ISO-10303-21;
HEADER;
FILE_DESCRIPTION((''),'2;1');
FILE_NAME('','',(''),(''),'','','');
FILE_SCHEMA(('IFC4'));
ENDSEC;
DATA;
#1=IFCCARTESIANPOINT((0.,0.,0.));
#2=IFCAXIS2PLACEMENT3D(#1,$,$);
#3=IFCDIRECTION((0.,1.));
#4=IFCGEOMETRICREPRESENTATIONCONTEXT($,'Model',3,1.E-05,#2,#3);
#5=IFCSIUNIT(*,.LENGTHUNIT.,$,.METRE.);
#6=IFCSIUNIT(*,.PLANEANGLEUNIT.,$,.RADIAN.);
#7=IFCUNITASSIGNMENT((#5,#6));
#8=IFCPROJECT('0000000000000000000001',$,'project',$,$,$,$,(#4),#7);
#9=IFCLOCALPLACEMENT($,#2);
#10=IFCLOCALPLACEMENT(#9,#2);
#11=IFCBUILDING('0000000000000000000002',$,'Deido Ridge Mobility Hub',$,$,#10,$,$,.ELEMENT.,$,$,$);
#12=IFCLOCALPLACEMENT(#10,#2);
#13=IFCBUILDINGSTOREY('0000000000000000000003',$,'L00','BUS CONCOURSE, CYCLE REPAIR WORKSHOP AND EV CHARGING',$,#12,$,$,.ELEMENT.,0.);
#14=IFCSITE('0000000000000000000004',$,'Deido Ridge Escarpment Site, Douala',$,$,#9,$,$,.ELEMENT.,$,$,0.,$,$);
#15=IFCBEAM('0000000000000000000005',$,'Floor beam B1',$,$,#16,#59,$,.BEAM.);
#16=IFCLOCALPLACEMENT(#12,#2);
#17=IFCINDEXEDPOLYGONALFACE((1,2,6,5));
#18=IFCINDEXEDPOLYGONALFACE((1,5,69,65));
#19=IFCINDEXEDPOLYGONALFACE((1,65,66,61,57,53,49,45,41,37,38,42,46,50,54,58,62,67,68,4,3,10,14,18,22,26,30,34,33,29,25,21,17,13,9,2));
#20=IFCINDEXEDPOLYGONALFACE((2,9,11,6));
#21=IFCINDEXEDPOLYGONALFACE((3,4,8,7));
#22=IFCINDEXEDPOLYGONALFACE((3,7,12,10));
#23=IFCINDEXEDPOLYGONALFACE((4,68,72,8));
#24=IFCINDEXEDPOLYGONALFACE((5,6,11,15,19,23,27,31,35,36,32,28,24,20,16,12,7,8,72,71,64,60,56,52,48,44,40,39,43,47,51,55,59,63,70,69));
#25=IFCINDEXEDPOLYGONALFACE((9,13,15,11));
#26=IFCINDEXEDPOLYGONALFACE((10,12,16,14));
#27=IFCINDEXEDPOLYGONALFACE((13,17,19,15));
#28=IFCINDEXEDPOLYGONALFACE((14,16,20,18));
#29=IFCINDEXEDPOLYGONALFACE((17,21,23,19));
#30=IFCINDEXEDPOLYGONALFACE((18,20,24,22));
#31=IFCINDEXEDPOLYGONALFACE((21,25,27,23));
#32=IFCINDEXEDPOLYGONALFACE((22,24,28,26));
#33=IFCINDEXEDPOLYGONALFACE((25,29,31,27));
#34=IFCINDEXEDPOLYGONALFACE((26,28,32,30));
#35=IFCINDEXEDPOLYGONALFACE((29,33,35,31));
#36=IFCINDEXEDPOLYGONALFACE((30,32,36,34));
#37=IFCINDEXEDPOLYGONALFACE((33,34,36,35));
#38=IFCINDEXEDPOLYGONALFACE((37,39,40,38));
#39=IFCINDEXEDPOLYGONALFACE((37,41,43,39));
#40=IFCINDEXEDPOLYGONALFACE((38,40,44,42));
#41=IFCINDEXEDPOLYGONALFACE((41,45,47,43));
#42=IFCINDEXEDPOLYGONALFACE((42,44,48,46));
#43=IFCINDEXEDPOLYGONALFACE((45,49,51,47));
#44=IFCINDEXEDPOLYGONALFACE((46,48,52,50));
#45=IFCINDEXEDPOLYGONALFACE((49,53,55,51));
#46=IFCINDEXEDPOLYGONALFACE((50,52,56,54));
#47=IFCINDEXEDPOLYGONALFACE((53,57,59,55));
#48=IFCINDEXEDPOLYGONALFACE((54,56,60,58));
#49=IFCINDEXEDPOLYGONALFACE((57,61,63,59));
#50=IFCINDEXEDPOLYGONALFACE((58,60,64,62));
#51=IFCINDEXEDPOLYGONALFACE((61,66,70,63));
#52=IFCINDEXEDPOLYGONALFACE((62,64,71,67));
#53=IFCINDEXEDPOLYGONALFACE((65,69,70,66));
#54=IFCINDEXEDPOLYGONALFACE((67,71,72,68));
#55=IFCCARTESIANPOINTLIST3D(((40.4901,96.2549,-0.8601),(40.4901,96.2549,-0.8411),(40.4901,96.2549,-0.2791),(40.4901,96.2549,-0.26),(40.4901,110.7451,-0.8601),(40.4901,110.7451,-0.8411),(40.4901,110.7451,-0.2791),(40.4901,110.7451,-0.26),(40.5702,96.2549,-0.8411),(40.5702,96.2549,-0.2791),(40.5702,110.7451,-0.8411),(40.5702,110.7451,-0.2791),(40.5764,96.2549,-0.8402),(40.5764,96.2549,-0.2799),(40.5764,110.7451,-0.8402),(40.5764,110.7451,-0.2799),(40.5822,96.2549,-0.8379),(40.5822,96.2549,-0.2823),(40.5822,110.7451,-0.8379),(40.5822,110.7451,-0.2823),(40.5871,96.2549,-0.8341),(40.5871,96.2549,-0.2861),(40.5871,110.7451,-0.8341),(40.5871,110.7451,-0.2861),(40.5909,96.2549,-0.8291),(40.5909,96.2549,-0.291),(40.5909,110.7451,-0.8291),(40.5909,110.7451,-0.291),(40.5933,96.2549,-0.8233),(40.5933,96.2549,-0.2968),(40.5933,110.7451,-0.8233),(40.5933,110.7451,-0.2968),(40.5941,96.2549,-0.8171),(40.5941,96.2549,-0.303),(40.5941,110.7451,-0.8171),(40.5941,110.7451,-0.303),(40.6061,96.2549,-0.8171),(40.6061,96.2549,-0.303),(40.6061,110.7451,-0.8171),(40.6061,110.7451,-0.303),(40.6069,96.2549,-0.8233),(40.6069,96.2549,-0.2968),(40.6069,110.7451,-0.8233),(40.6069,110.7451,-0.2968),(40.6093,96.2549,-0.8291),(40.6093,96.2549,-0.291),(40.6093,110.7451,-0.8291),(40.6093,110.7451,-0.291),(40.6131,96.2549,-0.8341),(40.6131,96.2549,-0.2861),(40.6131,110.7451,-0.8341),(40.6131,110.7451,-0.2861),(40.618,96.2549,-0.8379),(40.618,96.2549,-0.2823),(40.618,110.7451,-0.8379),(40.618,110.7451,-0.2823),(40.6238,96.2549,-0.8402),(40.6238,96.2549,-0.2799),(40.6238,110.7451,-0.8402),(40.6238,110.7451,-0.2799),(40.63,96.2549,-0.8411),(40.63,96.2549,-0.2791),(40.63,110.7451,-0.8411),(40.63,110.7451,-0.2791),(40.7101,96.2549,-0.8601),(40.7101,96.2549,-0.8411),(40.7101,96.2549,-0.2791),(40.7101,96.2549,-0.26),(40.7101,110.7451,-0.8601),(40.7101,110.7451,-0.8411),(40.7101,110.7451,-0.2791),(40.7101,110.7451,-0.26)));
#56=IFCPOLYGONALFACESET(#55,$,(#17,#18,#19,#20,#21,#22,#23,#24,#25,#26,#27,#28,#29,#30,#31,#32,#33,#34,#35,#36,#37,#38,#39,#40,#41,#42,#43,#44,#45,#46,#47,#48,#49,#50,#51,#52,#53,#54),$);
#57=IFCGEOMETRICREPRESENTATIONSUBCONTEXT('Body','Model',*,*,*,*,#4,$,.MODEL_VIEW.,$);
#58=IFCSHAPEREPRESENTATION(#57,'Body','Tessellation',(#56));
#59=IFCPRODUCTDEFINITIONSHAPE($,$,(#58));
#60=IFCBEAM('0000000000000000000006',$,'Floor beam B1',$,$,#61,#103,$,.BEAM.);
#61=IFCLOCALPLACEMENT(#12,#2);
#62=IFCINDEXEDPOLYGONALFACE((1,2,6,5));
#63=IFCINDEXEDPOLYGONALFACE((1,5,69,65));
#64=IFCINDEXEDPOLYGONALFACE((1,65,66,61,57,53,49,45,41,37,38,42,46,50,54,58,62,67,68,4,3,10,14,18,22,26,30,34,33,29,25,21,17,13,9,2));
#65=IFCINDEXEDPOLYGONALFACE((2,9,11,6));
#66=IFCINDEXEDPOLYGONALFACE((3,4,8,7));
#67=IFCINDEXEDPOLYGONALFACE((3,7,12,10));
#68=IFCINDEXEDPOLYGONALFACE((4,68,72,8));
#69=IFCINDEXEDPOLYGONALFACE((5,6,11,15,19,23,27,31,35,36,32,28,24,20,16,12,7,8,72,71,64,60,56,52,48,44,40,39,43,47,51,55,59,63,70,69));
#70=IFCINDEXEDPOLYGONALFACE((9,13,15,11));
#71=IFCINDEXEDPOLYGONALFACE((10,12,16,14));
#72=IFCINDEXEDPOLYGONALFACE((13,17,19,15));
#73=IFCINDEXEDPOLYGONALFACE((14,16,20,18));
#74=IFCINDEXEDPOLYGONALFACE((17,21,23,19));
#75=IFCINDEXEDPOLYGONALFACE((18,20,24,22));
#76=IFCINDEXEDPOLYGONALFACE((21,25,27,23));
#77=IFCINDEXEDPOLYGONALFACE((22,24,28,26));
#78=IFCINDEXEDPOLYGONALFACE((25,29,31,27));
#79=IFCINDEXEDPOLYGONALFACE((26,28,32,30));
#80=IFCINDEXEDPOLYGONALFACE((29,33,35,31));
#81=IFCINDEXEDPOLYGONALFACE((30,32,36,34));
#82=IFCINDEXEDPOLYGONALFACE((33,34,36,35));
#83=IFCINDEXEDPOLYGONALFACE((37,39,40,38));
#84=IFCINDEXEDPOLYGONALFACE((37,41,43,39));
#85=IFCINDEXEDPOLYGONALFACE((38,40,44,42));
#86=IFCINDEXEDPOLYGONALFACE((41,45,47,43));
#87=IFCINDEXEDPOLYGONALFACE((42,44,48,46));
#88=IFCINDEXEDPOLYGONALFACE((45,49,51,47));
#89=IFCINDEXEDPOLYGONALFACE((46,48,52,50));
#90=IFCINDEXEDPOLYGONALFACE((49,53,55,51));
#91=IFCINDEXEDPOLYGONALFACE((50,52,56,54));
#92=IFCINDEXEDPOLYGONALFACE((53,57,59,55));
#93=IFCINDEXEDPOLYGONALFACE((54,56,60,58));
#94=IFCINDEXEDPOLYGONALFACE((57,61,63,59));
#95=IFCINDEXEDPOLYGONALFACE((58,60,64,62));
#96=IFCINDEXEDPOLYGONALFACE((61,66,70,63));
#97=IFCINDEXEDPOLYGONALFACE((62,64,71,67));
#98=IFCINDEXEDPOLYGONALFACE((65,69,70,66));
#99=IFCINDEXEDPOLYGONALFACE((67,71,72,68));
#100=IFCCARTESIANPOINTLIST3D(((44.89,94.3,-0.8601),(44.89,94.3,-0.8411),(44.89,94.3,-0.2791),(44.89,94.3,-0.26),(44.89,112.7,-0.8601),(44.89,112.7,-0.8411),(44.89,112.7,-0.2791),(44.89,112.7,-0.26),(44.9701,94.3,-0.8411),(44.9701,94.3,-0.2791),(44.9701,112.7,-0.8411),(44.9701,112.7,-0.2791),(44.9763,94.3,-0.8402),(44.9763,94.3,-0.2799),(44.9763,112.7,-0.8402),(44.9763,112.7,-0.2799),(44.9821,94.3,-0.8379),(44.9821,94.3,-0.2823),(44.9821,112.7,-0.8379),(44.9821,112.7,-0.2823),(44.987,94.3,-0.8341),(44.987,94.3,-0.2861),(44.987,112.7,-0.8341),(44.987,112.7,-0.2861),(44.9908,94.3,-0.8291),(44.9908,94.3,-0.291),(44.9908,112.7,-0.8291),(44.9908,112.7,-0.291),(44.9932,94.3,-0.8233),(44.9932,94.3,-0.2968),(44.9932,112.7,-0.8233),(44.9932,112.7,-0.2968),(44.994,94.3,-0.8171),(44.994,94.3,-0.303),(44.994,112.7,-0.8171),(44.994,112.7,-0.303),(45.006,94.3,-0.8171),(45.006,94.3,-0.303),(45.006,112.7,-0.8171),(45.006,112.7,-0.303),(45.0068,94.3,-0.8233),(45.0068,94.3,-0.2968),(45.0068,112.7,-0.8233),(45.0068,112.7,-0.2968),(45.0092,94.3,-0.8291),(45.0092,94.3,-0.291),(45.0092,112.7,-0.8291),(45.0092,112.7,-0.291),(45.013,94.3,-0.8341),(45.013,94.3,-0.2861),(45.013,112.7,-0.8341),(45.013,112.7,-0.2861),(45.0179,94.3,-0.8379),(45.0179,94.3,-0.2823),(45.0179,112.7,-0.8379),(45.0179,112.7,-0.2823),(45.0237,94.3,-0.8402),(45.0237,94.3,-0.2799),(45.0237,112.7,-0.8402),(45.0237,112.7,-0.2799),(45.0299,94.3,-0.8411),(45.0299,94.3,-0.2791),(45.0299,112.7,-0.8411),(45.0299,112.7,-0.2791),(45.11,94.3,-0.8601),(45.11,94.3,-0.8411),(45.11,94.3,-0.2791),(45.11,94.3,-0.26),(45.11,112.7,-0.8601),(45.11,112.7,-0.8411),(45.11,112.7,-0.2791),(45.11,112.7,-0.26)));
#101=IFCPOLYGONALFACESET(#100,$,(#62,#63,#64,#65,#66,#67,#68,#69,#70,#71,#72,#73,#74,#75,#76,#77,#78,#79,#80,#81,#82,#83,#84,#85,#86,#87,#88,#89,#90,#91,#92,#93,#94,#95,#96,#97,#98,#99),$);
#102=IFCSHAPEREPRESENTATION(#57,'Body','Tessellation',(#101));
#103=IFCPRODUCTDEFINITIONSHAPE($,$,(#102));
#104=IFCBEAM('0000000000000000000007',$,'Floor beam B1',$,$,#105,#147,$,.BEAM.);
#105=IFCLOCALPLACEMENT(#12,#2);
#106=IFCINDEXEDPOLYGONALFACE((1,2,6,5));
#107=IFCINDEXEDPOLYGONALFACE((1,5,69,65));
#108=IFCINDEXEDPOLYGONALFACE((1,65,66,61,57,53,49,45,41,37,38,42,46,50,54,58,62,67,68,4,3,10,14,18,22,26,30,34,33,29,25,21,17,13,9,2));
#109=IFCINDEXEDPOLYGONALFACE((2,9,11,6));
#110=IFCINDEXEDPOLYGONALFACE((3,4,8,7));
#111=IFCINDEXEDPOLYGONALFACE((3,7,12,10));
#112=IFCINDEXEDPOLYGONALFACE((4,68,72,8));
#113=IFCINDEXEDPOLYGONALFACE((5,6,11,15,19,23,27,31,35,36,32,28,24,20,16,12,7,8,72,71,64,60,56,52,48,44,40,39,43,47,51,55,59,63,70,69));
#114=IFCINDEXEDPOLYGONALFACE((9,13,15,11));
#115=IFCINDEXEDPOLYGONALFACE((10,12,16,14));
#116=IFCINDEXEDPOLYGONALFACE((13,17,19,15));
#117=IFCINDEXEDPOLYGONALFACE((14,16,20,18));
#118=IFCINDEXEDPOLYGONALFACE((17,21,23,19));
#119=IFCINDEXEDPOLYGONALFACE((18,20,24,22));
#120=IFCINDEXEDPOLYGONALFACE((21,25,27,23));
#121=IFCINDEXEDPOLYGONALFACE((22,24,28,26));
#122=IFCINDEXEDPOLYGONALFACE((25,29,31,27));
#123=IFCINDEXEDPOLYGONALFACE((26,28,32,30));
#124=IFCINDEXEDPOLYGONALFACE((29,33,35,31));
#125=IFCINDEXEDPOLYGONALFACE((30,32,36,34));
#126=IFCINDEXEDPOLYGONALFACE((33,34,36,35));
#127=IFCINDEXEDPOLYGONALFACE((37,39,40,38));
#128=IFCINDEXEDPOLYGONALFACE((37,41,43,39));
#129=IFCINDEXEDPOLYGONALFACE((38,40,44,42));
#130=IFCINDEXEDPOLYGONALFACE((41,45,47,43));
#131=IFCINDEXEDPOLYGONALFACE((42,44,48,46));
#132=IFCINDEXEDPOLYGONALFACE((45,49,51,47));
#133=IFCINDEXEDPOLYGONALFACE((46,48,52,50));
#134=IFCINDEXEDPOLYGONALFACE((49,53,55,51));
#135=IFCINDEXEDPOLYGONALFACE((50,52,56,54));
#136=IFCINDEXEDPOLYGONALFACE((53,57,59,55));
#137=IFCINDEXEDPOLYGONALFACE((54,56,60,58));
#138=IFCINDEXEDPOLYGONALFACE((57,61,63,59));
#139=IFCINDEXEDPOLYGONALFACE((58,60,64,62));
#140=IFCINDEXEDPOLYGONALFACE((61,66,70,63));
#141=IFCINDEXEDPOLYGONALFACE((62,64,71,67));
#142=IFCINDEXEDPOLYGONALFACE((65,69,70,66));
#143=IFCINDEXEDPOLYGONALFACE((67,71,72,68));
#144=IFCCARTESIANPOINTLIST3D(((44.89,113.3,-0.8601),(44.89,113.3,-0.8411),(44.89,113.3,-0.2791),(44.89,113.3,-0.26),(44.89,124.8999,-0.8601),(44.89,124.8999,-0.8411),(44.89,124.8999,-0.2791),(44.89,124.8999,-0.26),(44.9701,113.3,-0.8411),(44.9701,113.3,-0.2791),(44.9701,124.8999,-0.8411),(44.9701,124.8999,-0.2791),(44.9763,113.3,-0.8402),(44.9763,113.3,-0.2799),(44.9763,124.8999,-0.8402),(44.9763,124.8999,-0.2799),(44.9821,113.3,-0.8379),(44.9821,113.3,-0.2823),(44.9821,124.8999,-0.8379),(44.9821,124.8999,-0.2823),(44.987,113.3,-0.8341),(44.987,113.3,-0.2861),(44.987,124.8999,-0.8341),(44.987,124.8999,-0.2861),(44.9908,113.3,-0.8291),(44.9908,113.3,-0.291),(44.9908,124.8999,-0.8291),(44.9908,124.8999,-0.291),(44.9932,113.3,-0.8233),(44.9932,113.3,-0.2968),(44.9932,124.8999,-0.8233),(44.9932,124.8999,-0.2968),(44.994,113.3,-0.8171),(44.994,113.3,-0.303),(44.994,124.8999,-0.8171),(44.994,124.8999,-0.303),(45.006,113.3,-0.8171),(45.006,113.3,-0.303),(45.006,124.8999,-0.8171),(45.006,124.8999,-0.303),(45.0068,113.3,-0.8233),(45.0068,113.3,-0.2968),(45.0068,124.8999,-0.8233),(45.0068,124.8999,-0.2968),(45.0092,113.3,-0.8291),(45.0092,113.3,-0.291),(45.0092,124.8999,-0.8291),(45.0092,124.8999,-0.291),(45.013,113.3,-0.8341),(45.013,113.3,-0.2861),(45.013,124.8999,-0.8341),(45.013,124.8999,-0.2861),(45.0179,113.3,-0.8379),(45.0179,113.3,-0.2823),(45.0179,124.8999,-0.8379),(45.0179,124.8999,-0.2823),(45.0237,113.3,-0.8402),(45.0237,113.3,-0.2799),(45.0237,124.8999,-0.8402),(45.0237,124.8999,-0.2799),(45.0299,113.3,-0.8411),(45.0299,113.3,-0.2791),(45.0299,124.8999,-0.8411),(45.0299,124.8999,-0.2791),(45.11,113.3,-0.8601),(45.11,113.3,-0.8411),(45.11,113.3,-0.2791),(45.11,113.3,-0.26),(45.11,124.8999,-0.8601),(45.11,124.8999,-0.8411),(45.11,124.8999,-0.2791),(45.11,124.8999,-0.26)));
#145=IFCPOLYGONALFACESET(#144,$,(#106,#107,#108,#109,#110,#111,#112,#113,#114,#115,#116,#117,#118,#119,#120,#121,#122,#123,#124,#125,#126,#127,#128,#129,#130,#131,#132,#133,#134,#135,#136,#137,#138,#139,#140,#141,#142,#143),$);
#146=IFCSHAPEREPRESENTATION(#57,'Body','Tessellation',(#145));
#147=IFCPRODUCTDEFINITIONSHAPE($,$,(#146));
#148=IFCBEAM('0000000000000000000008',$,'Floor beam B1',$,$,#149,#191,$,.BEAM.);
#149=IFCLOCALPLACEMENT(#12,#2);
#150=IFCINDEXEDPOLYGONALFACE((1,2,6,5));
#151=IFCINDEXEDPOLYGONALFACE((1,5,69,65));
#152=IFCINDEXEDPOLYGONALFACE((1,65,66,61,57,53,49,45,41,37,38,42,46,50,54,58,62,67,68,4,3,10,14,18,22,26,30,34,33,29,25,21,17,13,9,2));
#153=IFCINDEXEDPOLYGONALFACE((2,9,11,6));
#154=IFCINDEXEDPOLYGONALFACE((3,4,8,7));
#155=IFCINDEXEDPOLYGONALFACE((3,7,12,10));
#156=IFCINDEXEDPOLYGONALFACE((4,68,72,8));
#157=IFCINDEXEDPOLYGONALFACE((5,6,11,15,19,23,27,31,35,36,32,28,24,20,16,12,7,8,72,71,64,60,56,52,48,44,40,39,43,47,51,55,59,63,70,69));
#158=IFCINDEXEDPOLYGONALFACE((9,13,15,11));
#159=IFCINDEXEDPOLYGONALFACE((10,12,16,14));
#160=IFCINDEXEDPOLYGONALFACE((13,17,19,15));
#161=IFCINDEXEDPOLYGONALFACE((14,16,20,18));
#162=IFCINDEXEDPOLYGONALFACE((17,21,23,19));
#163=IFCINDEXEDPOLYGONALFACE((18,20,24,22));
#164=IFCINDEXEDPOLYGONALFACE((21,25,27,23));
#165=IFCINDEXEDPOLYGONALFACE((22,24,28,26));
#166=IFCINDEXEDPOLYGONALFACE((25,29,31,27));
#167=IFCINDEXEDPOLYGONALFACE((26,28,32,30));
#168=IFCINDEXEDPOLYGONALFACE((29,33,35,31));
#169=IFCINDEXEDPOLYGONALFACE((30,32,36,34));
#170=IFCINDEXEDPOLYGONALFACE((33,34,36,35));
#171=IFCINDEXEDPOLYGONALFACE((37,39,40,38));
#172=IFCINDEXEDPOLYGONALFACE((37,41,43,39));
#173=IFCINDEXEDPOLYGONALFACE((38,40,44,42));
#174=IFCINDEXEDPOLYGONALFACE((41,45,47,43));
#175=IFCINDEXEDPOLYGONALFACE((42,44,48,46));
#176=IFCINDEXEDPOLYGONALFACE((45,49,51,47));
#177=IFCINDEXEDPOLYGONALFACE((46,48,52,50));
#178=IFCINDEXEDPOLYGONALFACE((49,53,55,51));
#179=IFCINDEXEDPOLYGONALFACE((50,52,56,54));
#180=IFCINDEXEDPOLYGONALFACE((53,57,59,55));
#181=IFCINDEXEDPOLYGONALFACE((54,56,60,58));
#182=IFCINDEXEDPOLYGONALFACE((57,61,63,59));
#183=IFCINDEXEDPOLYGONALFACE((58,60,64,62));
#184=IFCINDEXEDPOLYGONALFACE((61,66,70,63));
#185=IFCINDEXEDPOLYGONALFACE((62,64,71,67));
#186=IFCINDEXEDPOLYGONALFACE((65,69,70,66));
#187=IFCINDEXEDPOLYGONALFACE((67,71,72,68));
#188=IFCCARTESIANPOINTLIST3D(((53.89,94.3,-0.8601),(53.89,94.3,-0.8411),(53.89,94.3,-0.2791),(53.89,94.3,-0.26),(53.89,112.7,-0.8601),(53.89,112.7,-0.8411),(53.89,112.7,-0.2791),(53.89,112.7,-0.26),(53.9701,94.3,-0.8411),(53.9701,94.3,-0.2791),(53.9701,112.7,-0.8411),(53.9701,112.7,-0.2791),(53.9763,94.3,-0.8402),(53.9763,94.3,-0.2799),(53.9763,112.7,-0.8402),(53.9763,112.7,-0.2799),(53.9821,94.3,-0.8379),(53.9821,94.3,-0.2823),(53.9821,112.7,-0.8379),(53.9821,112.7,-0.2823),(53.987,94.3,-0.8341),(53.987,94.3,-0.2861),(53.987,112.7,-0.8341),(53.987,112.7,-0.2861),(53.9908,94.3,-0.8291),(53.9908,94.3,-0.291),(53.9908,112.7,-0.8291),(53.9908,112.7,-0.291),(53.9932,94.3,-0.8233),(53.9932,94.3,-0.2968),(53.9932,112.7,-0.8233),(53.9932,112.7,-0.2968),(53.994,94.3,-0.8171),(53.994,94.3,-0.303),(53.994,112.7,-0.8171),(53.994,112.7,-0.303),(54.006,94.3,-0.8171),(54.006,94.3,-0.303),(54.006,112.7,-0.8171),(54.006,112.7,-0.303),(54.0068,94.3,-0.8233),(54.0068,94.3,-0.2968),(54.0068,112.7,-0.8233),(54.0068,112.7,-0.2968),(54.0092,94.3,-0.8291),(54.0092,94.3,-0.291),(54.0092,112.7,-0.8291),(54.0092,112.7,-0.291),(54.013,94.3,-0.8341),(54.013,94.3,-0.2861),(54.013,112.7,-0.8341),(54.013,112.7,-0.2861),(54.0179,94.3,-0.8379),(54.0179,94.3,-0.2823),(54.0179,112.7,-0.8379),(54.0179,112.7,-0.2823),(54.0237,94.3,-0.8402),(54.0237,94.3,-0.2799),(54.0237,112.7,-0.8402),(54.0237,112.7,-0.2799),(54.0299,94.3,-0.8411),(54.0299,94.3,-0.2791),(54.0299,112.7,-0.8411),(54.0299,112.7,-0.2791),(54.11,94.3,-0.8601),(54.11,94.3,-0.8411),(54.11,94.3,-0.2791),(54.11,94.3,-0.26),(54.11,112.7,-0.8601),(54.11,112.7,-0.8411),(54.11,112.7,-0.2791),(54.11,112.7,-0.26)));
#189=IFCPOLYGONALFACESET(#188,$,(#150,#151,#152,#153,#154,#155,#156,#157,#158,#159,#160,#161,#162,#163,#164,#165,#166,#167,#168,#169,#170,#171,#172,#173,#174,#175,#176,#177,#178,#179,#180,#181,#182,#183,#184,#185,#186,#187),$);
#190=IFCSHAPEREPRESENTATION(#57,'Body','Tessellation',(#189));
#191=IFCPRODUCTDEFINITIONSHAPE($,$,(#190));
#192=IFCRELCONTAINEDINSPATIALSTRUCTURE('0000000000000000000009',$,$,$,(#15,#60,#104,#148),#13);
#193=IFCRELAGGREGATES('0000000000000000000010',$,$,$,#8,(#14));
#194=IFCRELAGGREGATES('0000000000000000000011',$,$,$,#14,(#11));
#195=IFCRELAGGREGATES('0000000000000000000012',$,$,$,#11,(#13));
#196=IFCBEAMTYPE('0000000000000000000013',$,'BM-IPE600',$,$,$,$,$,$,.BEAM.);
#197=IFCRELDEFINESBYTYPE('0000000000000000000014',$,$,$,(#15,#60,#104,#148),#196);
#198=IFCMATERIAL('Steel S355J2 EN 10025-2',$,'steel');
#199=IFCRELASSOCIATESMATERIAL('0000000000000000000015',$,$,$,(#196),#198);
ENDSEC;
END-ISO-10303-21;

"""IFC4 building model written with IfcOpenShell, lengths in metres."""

from ifc_helpers import new_model, si_unit, direction, frame, origin, origin_2d, place, context, subcontext, project, spatial, i_section, extrude, material, material_profile, profile_set, type_object, element, save


model = new_model("IFC4")

# Units and contexts
model_context = context("Model", 3, precision=1e-05, world=origin(), true_north=direction((0.0, 1.0)))
body_context = subcontext(model_context, "Body", "Model", "MODEL_VIEW")
ifc_project = project(units=[si_unit("LENGTHUNIT", "METRE"), si_unit("PLANEANGLEUNIT", "RADIAN")], contexts=[model_context])

# Site, building, storey
site_placement = place(None, origin())
site = spatial("IfcSite", under=ifc_project, at=site_placement, Name="Deido Ridge Escarpment Site, Douala", CompositionType="ELEMENT", RefElevation=0.0)
building_placement = place(site_placement, origin())
building = spatial("IfcBuilding", under=site, at=building_placement, Name="Deido Ridge Mobility Hub", CompositionType="ELEMENT")
storey_placement = place(building_placement, origin())
storey = spatial("IfcBuildingStorey", under=building, at=storey_placement, Name="L00", Description="BUS CONCOURSE, CYCLE REPAIR WORKSHOP AND EV CHARGING", CompositionType="ELEMENT", Elevation=0.0)

# Shared definitions
ifc_material_1 = material(Name="Steel S355J2 EN 10025-2", Category="steel")

# Beams
ifc_material_profile_1 = material_profile(ifc_material_1, i_section(OverallWidth=0.22, OverallDepth=0.6001, WebThickness=0.012, FlangeThickness=0.019, FilletRadius=0.0239, at=origin_2d()), Name="IPE 600")
ifc_profile_set_1 = profile_set([ifc_material_profile_1], Name="Steel S355J2 EN 10025-2")
beam_type_1 = type_object("IfcBeamType", Name="BM-IPE600", PredefinedType="BEAM", material=ifc_profile_set_1)
beam_1_placement = place(storey_placement, frame((40.6001, 96.2549, -0.5601), z_axis=(0.0, 1.0, 0.0), x_axis=(-1.0, 0.0, 0.0)))
element("IfcBeam", 1, at=beam_1_placement, inside=storey, type_object=beam_type_1, Name="Floor beam B1", PredefinedType="BEAM", context=body_context, shape_type="SweptSolid", body=[
    extrude(i_section(OverallWidth=0.22, OverallDepth=0.6001, WebThickness=0.012, FlangeThickness=0.019, FilletRadius=0.0239, at=origin_2d()), origin(), (0.0, 0.0, 1.0), 14.4902),
])
beam_2_placement = place(storey_placement, frame((45.0, 94.3, -0.5601), z_axis=(0.0, 1.0, 0.0), x_axis=(-1.0, 0.0, 0.0)))
element("IfcBeam", 2, at=beam_2_placement, inside=storey, type_object=beam_type_1, Name="Floor beam B1", PredefinedType="BEAM", context=body_context, shape_type="SweptSolid", body=[
    extrude(i_section(OverallWidth=0.22, OverallDepth=0.6001, WebThickness=0.012, FlangeThickness=0.019, FilletRadius=0.0239, at=origin_2d()), origin(), (0.0, 0.0, 1.0), 18.3999),
])
beam_3_placement = place(storey_placement, frame((45.0, 113.3, -0.5601), z_axis=(0.0, 1.0, 0.0), x_axis=(-1.0, 0.0, 0.0)))
element("IfcBeam", 3, at=beam_3_placement, inside=storey, type_object=beam_type_1, Name="Floor beam B1", PredefinedType="BEAM", context=body_context, shape_type="SweptSolid", body=[
    extrude(i_section(OverallWidth=0.22, OverallDepth=0.6001, WebThickness=0.012, FlangeThickness=0.019, FilletRadius=0.0239, at=origin_2d()), origin(), (0.0, 0.0, 1.0), 11.5999),
])
beam_4_placement = place(storey_placement, frame((54.0, 94.3, -0.5601), z_axis=(0.0, 1.0, 0.0), x_axis=(-1.0, 0.0, 0.0)))
element("IfcBeam", 4, at=beam_4_placement, inside=storey, type_object=beam_type_1, Name="Floor beam B1", PredefinedType="BEAM", context=body_context, shape_type="SweptSolid", body=[
    extrude(i_section(OverallWidth=0.22, OverallDepth=0.6001, WebThickness=0.012, FlangeThickness=0.019, FilletRadius=0.0239, at=origin_2d()), origin(), (0.0, 0.0, 1.0), 18.3999),
])

save(model, "model.ifc")
